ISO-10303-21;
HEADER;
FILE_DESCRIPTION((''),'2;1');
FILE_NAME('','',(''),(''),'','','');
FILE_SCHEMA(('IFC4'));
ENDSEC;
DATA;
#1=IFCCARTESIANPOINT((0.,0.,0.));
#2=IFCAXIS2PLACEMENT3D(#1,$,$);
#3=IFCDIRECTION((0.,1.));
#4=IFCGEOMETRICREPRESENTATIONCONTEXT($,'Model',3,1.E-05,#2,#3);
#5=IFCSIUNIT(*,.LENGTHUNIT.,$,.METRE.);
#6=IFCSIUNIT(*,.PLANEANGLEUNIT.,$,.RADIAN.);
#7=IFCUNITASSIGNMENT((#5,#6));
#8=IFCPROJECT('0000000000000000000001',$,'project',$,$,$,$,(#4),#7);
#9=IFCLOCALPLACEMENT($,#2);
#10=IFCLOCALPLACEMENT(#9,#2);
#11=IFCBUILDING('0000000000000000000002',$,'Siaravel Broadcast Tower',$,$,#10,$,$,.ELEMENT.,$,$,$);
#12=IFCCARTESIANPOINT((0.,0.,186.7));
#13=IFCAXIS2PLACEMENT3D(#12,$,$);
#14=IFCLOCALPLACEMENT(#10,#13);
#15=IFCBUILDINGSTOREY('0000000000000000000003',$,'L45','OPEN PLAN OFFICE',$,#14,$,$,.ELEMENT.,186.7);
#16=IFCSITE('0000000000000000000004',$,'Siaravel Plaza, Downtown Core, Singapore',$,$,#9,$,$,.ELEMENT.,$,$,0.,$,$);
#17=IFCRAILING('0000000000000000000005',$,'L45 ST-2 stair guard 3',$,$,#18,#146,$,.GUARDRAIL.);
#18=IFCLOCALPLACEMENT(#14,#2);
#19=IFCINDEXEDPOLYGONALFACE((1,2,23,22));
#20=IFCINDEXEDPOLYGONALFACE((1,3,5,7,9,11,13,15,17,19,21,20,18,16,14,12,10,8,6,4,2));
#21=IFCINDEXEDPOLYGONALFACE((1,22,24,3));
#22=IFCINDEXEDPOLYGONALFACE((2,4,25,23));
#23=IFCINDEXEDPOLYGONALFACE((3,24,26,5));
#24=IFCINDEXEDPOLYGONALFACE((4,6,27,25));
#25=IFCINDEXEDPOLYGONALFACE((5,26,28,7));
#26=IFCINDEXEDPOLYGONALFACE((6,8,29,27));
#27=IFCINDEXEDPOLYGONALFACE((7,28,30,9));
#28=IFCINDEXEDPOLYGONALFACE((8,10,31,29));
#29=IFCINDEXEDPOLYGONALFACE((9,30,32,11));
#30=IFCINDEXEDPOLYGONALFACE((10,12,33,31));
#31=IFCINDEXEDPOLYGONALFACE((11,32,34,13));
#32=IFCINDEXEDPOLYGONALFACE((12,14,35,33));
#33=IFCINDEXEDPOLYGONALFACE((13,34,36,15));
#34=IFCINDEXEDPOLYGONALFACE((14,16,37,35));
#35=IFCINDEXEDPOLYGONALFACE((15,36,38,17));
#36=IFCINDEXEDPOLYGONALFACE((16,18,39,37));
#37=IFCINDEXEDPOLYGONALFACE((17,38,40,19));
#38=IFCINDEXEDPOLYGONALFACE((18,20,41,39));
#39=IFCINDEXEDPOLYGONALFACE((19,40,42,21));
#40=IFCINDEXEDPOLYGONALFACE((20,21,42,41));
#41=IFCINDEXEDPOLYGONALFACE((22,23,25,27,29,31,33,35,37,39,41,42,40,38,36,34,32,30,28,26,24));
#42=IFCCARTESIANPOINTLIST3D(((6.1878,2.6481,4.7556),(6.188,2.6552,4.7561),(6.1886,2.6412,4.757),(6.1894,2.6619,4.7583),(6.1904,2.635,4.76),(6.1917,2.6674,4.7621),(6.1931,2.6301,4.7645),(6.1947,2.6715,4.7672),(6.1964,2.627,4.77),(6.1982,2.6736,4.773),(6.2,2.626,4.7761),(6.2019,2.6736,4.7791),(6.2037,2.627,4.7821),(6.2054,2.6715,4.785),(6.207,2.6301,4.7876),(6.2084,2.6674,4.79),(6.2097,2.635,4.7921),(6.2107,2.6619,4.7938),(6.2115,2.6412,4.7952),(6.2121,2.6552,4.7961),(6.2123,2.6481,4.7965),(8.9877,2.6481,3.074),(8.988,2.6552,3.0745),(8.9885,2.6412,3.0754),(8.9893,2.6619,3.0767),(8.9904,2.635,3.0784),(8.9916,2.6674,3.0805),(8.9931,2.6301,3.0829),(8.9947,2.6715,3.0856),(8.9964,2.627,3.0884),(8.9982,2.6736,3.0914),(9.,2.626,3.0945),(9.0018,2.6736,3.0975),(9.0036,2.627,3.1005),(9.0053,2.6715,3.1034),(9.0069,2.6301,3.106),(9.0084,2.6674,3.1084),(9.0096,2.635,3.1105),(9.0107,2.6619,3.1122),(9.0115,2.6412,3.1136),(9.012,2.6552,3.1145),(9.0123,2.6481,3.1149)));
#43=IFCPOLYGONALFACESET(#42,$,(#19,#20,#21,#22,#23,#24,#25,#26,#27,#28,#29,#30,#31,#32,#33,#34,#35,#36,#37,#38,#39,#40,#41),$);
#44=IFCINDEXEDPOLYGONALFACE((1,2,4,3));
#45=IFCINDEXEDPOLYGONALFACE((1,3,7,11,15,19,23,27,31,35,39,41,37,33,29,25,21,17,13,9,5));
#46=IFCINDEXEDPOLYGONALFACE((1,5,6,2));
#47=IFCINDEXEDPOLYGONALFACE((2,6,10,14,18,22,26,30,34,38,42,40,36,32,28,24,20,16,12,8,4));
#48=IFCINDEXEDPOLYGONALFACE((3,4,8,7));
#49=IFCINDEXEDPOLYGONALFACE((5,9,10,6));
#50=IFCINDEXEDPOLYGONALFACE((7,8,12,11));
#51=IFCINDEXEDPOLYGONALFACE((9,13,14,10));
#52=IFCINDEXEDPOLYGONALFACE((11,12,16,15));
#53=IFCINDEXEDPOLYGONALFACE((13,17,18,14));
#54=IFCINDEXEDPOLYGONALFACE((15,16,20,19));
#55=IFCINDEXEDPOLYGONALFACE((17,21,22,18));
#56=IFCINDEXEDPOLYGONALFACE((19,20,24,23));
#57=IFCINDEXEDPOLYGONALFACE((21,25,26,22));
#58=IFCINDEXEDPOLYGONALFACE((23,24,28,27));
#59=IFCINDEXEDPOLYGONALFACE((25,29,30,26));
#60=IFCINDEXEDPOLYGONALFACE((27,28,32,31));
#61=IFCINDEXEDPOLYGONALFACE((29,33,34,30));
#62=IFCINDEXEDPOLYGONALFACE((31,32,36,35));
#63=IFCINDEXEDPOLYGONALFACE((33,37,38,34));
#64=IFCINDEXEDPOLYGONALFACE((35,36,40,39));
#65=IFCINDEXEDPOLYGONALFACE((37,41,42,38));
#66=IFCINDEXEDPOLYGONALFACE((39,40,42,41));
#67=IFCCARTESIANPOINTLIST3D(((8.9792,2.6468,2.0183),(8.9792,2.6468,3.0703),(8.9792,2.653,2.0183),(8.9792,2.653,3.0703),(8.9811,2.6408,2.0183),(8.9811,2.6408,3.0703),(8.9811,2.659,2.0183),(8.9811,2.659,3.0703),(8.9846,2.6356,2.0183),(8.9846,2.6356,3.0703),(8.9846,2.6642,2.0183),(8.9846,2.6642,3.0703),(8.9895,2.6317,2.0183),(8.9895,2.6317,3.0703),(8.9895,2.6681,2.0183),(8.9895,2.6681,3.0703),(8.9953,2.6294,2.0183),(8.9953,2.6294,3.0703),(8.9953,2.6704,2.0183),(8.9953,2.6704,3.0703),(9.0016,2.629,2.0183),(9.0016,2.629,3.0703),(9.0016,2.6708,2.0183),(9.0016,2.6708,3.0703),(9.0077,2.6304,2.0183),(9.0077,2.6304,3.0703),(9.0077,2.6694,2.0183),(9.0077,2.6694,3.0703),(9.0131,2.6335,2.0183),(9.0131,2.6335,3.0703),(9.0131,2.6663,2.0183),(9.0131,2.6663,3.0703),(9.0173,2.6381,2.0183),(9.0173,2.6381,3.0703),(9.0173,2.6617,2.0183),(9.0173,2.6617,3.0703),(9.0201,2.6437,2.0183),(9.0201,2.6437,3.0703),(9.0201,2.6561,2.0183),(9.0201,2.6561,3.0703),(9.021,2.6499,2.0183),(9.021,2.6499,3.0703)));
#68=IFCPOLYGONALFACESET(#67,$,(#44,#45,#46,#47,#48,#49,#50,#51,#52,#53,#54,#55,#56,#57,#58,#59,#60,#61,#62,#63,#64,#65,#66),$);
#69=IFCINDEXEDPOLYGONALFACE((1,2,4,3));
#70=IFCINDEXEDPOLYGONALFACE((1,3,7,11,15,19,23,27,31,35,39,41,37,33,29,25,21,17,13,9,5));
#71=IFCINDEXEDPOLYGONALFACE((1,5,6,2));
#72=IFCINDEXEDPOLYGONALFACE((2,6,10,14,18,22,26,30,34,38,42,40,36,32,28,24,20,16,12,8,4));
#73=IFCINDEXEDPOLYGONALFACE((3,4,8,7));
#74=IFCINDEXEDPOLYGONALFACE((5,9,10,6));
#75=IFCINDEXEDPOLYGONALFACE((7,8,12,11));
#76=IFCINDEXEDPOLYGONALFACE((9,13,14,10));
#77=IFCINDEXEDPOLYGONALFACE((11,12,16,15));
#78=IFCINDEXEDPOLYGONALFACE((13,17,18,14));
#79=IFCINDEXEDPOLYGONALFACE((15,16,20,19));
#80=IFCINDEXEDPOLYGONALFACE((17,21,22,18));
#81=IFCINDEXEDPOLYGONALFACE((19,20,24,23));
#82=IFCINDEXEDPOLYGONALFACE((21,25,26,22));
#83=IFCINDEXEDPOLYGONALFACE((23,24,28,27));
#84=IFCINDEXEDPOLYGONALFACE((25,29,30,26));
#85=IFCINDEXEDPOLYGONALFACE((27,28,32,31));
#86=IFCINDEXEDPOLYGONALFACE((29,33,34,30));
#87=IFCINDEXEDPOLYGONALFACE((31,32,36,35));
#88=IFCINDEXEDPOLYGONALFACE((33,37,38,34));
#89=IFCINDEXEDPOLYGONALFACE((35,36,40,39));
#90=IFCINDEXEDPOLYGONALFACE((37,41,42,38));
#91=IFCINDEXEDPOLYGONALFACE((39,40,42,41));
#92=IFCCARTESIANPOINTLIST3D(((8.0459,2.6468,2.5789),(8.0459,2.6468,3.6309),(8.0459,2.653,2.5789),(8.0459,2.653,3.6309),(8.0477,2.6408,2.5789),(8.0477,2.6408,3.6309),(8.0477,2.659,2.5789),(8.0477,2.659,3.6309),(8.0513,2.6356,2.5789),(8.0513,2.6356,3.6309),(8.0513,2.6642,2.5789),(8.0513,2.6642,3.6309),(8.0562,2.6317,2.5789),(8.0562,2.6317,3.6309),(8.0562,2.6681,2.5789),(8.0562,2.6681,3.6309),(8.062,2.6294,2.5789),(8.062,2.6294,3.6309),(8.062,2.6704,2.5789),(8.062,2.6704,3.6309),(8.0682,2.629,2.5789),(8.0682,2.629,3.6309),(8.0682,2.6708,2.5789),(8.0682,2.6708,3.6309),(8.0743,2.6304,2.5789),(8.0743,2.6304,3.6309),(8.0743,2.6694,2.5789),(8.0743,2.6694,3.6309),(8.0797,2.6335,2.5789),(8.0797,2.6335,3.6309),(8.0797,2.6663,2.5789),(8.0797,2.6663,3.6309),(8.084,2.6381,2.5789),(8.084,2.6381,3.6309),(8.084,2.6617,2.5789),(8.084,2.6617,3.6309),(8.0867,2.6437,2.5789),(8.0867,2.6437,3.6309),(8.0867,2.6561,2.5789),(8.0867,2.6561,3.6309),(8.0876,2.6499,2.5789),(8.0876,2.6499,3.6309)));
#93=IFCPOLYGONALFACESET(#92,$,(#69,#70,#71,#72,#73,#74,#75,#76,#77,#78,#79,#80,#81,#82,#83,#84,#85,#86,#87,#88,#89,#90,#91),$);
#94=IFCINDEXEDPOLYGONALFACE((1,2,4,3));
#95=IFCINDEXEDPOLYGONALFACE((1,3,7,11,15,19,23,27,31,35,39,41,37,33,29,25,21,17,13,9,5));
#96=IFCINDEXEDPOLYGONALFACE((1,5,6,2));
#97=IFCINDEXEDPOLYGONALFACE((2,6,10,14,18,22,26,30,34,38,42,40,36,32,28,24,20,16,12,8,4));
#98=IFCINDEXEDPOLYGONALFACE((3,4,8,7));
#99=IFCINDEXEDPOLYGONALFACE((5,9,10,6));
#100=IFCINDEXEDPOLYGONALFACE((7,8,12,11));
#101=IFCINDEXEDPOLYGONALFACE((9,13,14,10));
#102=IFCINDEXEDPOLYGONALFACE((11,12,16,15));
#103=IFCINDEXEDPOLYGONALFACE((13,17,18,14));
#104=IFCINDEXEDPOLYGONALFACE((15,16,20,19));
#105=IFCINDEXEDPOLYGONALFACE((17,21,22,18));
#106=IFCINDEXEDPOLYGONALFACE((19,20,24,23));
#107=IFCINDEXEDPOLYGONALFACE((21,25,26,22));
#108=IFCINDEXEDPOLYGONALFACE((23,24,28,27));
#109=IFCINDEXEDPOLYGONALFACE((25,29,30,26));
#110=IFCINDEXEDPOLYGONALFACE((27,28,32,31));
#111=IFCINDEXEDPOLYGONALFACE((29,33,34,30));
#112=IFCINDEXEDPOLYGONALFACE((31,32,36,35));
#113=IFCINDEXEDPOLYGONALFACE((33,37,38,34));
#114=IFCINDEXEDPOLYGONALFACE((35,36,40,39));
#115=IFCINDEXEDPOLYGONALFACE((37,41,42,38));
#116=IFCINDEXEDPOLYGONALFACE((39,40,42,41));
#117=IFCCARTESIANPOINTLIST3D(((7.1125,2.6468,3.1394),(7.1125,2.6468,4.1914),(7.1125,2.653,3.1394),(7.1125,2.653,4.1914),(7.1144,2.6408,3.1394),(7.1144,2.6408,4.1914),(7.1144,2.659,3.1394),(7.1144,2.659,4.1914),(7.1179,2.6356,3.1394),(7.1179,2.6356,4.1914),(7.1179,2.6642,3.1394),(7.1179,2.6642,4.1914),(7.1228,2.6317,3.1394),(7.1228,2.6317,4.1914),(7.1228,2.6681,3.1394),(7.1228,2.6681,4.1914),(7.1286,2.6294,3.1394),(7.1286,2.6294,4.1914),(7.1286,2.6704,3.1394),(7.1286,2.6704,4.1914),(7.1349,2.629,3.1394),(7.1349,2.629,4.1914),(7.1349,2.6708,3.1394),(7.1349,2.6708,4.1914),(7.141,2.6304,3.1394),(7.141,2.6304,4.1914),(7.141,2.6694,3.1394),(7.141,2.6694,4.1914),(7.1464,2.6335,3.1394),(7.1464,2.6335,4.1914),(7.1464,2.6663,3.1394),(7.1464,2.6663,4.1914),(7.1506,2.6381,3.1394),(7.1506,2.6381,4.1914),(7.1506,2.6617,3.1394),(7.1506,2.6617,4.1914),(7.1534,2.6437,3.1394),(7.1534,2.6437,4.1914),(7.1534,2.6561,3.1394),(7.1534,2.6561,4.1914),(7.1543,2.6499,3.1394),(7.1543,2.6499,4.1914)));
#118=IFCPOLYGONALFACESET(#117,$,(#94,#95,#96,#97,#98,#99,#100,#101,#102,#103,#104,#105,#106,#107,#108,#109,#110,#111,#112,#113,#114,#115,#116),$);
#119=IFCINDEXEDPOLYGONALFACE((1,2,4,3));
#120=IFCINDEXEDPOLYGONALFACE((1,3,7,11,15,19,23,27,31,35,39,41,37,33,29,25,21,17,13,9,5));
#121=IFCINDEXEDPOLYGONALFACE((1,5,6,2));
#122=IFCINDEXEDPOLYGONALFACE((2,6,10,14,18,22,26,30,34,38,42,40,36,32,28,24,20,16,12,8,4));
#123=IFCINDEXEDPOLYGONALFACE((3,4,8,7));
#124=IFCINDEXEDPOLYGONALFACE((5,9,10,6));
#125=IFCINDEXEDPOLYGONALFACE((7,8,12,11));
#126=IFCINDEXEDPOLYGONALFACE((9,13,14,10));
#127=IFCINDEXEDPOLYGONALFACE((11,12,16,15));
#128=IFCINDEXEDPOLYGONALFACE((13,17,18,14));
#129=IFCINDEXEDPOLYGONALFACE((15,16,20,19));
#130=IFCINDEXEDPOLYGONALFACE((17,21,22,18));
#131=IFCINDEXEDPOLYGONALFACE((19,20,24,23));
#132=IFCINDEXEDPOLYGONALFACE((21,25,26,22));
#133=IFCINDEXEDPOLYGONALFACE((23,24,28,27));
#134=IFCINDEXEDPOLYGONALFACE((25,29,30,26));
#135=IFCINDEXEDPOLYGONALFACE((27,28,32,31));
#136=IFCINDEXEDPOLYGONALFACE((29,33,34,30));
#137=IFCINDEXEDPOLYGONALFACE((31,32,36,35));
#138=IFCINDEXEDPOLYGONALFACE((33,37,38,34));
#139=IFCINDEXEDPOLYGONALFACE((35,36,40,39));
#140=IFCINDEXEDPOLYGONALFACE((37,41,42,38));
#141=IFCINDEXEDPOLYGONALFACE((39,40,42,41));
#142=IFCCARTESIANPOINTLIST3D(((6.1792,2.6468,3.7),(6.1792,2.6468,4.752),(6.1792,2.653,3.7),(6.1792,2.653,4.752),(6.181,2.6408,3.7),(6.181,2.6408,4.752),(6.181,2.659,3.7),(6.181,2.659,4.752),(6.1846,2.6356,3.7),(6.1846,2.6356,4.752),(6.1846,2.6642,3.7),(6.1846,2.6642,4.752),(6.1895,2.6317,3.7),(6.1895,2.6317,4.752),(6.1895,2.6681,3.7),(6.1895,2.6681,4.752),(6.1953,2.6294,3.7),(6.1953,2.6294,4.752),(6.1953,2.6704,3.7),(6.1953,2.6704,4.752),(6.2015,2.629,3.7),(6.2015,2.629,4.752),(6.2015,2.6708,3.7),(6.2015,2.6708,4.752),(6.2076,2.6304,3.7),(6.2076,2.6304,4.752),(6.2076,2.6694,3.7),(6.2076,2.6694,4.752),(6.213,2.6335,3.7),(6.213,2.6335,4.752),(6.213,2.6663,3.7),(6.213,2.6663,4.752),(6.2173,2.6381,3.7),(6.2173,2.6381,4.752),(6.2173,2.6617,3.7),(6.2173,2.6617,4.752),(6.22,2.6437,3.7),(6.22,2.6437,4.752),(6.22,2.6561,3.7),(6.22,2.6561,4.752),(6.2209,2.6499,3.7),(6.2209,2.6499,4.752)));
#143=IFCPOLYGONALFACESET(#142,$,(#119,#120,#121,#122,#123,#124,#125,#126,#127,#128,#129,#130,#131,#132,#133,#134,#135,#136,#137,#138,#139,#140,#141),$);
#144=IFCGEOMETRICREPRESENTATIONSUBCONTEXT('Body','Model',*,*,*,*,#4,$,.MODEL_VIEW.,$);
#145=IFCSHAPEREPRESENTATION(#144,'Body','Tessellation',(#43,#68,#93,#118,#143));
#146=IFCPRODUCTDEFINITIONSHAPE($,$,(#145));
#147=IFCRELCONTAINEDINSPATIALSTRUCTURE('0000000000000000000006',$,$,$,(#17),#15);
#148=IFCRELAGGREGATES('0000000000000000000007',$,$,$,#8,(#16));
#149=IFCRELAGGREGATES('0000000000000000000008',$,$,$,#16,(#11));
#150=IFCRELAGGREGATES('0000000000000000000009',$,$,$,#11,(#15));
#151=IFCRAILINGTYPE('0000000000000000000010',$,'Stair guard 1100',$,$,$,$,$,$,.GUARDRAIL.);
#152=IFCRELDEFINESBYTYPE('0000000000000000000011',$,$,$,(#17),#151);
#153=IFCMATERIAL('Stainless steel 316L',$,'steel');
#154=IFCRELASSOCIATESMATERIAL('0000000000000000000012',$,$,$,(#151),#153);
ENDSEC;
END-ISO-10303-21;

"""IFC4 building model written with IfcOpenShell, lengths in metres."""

from ifc_helpers import new_model, si_unit, direction, frame, origin, origin_2d, place, context, subcontext, project, spatial, circle, extrude, material, type_object, element, save


model = new_model("IFC4")

# Units and contexts
model_context = context("Model", 3, precision=1e-05, world=origin(), true_north=direction((0.0, 1.0)))
body_context = subcontext(model_context, "Body", "Model", "MODEL_VIEW")
ifc_project = project(units=[si_unit("LENGTHUNIT", "METRE"), si_unit("PLANEANGLEUNIT", "RADIAN")], contexts=[model_context])

# Site, building, storey
site_placement = place(None, origin())
site = spatial("IfcSite", under=ifc_project, at=site_placement, Name="Siaravel Plaza, Downtown Core, Singapore", CompositionType="ELEMENT", RefElevation=0.0)
building_placement = place(site_placement, origin())
building = spatial("IfcBuilding", under=site, at=building_placement, Name="Siaravel Broadcast Tower", CompositionType="ELEMENT")
storey_placement = place(building_placement, frame((0.0, 0.0, 186.7)))
storey = spatial("IfcBuildingStorey", under=building, at=storey_placement, Name="L45", Description="OPEN PLAN OFFICE", CompositionType="ELEMENT", Elevation=186.7)

# Railing
ifc_material_1 = material(Name="Stainless steel 316L", Category="steel")
railing_type_1 = type_object("IfcRailingType", Name="Stair guard 1100", PredefinedType="GUARDRAIL", material=ifc_material_1)
railing_1_placement = place(storey_placement, frame((9.0, 2.6499, 2.0183)))
element("IfcRailing", 1, at=railing_1_placement, inside=storey, type_object=railing_type_1, Name="L45 ST-2 stair guard 3", PredefinedType="GUARDRAIL", context=body_context, shape_type="SweptSolid", body=[
    extrude(circle(Radius=0.0239, at=origin_2d()), frame((0.0, 0.0, 1.0762), z_axis=(-0.857275, 0.0, 0.514858), x_axis=(0.0, -1.0, 0.0)), (0.0, 0.0, 1.0), 3.2661),
    extrude(circle(Radius=0.021, at=origin_2d()), origin(), (0.0, 0.0, 1.0), 1.052),
    extrude(circle(Radius=0.021, at=origin_2d()), frame((-0.9333, 0.0, 0.5605)), (0.0, 0.0, 1.0), 1.052),
    extrude(circle(Radius=0.021, at=origin_2d()), frame((-1.8667, 0.0, 1.1211)), (0.0, 0.0, 1.0), 1.052),
    extrude(circle(Radius=0.021, at=origin_2d()), frame((-2.8, 0.0, 1.6816)), (0.0, 0.0, 1.0), 1.052),
])

save(model, "model.ifc")
